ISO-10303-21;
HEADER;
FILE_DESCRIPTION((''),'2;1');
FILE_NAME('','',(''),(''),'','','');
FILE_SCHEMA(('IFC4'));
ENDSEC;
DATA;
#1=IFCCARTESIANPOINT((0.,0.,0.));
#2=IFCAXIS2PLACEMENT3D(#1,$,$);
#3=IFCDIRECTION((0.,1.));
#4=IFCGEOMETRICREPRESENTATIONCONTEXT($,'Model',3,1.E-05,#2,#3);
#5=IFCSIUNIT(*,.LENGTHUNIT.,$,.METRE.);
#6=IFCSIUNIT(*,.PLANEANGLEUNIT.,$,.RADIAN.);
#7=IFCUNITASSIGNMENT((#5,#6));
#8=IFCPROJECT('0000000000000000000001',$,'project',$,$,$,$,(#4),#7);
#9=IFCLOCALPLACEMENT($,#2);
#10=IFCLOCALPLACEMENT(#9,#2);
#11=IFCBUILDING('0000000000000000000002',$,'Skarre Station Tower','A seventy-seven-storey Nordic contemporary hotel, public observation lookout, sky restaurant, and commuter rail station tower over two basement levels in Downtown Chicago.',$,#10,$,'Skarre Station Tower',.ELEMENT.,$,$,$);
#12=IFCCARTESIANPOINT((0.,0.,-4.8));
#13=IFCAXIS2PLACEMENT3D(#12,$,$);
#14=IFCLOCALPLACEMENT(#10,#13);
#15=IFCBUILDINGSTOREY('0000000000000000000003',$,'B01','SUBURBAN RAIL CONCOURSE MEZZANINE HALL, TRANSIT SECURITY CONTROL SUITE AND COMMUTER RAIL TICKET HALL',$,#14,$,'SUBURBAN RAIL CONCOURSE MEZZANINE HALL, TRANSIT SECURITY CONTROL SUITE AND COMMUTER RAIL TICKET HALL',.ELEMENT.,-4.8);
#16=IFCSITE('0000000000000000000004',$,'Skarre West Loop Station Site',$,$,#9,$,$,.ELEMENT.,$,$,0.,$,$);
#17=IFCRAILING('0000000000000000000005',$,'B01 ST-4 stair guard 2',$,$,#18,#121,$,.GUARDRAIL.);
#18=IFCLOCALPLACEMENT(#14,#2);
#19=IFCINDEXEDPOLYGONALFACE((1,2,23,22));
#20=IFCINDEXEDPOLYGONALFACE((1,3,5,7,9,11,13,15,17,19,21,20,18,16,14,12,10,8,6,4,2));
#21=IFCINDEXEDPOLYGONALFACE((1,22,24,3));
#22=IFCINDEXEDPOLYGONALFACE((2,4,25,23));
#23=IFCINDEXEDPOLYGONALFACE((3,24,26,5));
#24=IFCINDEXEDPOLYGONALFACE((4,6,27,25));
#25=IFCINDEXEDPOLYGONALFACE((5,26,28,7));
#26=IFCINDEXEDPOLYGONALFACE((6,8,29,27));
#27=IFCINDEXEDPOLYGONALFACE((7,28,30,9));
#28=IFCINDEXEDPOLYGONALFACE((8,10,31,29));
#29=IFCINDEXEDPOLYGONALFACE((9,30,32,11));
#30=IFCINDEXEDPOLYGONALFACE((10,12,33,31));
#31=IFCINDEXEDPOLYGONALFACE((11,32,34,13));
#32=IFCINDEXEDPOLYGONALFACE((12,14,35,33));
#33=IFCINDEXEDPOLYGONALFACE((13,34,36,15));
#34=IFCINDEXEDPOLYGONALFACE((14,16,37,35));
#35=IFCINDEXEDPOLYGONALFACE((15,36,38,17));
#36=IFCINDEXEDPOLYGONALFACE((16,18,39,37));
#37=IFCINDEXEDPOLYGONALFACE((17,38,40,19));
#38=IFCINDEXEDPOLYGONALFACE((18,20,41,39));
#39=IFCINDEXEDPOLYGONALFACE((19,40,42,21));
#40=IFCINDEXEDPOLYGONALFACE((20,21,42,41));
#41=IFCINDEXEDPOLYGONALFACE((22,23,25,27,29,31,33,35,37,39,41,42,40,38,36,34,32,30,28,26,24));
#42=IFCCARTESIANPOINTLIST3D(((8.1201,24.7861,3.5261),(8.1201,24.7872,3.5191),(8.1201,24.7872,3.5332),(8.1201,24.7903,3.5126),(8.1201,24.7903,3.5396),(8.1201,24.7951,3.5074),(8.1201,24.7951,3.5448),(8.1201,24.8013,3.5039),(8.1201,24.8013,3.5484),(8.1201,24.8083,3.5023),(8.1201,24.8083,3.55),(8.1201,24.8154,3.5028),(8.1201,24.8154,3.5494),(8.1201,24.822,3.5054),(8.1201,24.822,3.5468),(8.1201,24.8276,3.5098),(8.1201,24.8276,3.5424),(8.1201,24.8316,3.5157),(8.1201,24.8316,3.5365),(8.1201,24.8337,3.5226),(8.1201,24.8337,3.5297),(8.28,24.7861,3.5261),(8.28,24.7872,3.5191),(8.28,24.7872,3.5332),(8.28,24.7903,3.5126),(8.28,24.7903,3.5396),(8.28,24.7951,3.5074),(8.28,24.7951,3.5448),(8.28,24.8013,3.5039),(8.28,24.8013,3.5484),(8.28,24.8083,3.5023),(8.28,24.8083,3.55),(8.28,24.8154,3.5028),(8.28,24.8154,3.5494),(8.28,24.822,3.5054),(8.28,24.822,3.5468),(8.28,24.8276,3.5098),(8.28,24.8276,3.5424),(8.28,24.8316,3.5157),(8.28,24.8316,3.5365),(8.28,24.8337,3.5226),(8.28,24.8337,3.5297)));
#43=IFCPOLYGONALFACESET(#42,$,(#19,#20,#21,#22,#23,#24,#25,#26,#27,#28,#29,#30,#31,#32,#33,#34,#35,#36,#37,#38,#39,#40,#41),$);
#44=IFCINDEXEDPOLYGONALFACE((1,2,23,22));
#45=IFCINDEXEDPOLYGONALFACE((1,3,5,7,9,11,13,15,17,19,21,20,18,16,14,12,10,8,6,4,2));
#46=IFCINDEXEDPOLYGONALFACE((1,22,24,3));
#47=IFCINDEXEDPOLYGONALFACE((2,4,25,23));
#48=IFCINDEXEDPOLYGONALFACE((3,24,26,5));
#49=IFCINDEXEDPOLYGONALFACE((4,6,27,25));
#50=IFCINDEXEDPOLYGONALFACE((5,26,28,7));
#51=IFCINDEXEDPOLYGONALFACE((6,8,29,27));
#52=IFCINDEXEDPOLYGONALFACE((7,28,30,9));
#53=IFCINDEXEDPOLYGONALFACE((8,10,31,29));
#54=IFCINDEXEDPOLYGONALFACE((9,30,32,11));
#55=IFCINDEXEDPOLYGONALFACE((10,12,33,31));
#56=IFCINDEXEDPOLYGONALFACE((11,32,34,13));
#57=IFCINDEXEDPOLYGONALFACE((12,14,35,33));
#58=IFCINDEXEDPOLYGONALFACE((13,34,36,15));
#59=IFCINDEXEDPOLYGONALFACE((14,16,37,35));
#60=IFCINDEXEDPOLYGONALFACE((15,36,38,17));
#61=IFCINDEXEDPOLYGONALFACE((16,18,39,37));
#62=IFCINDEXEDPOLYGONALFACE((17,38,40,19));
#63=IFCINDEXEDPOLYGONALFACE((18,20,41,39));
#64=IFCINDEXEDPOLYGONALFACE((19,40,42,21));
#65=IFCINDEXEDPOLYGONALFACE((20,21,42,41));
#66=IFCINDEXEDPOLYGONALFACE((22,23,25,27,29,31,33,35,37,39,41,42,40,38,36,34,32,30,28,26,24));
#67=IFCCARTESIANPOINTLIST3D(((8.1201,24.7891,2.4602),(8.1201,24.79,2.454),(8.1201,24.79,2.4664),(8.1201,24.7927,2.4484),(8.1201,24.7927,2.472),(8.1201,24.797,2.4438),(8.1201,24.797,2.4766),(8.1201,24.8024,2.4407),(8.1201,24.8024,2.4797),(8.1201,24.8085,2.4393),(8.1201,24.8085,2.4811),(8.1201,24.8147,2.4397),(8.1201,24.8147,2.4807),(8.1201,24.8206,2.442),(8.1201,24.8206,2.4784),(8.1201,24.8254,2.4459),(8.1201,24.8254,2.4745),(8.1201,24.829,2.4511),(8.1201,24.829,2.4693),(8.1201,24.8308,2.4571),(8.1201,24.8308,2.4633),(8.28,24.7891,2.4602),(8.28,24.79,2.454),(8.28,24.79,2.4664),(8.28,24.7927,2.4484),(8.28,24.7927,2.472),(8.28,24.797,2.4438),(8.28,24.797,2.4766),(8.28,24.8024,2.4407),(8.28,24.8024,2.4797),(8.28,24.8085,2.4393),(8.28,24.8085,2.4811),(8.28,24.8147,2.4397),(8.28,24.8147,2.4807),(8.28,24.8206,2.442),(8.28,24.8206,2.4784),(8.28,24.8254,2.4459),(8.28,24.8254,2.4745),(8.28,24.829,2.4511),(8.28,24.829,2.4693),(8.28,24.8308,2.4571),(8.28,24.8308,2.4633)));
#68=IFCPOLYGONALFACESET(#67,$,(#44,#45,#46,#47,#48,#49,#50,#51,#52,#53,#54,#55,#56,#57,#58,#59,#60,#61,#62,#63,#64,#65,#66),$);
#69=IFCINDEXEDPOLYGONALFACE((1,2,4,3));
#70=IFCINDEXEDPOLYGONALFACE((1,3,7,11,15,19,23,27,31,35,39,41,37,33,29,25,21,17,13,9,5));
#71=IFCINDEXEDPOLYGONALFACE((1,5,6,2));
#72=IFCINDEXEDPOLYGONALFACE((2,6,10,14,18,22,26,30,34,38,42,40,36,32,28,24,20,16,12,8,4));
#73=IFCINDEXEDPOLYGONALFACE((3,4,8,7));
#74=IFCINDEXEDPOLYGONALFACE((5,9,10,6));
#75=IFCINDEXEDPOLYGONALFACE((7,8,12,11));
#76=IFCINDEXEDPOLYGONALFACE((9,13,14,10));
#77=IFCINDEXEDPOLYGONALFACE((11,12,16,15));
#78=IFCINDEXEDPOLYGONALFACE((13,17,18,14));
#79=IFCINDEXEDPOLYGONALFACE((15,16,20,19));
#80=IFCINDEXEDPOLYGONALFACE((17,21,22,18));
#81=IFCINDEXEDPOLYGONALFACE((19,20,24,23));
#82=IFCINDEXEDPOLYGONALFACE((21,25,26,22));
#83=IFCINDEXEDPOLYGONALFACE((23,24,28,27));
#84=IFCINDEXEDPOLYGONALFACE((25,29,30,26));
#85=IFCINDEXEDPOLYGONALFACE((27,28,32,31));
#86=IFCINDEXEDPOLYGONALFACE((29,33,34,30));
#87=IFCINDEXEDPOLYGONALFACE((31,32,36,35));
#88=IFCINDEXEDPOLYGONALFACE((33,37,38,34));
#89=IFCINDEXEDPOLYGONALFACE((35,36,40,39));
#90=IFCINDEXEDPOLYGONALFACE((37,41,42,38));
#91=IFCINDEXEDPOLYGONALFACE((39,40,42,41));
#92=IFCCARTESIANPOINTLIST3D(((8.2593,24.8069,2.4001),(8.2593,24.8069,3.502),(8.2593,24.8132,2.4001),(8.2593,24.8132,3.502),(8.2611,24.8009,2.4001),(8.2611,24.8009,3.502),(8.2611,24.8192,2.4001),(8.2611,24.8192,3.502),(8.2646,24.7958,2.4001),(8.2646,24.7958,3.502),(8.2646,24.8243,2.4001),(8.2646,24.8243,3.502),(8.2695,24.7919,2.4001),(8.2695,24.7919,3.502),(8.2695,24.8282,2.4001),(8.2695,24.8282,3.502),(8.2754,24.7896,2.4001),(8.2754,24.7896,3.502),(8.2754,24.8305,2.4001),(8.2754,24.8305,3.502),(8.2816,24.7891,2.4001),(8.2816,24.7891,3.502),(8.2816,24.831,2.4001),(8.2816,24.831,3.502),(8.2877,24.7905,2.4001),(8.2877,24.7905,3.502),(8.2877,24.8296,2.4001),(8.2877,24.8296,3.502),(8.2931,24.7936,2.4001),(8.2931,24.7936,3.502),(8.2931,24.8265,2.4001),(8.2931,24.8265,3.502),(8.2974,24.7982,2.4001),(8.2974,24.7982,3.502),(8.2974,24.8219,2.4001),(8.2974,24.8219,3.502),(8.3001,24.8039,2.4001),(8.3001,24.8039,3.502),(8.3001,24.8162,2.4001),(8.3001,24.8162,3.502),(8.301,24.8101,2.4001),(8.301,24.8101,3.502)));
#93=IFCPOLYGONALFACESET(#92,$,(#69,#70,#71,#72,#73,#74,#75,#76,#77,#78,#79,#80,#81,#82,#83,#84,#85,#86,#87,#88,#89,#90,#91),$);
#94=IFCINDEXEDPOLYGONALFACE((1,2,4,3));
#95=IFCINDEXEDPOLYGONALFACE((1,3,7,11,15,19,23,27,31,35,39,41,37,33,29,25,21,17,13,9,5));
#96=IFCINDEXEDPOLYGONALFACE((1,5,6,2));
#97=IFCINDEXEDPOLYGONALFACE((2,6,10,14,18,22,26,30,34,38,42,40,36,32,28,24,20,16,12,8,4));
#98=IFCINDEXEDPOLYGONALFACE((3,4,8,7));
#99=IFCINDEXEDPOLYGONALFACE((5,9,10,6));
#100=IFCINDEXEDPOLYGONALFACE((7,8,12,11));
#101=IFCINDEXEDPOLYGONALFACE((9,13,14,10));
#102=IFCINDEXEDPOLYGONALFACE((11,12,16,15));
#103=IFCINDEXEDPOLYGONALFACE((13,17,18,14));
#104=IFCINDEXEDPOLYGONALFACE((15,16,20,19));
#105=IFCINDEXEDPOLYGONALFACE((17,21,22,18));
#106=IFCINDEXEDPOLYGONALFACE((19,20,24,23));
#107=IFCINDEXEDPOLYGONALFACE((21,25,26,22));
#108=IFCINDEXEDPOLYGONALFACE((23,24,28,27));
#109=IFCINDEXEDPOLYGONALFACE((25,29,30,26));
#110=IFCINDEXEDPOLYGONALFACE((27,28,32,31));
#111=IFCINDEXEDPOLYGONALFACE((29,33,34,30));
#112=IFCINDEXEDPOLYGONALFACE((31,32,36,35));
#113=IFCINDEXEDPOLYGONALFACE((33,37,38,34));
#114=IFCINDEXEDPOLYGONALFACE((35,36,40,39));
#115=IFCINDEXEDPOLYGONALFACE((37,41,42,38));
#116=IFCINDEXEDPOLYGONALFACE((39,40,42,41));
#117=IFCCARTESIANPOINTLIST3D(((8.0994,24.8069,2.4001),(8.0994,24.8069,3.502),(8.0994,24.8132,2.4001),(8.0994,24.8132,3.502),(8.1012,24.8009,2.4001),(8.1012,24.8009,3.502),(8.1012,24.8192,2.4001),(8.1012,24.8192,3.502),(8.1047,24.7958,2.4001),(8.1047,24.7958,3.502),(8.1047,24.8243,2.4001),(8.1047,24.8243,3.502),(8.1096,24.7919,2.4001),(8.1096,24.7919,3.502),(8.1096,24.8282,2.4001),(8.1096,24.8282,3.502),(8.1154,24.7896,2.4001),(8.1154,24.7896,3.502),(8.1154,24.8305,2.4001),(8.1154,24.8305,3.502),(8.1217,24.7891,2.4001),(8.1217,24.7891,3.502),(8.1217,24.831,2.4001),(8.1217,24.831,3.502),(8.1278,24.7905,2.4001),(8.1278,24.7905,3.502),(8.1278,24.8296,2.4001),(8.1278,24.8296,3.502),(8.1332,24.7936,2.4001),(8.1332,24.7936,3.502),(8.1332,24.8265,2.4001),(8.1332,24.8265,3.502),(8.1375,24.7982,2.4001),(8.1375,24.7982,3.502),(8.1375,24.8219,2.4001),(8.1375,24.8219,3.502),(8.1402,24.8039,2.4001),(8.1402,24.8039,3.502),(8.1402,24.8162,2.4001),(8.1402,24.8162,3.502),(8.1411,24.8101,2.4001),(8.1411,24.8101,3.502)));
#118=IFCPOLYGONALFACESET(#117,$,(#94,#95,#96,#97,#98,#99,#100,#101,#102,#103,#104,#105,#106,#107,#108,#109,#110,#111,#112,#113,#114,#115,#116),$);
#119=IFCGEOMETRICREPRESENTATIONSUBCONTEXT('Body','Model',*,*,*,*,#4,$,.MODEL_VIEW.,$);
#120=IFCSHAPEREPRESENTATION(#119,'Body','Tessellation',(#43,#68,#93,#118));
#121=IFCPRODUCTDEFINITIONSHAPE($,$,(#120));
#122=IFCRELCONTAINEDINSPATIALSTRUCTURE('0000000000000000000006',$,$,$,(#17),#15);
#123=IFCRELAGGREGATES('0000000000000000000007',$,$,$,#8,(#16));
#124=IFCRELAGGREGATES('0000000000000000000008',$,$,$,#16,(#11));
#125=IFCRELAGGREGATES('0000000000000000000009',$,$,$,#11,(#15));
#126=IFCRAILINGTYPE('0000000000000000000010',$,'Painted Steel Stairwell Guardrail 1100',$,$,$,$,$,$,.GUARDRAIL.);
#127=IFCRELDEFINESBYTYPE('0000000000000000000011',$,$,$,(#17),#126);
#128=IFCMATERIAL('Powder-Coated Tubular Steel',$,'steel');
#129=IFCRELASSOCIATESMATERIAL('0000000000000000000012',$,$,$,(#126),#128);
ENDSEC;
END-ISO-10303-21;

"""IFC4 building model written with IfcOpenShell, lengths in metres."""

from ifc_helpers import new_model, si_unit, direction, frame, origin, origin_2d, place, context, subcontext, project, spatial, circle, extrude, material, type_object, element, save


model = new_model("IFC4")

# Units and contexts
model_context = context("Model", 3, precision=1e-05, world=origin(), true_north=direction((0.0, 1.0)))
body_context = subcontext(model_context, "Body", "Model", "MODEL_VIEW")
ifc_project = project(units=[si_unit("LENGTHUNIT", "METRE"), si_unit("PLANEANGLEUNIT", "RADIAN")], contexts=[model_context])

# Site, building, storey
site_placement = place(None, origin())
site = spatial("IfcSite", under=ifc_project, at=site_placement, Name="Skarre West Loop Station Site", CompositionType="ELEMENT", RefElevation=0.0)
building_placement = place(site_placement, origin())
building = spatial("IfcBuilding", under=site, at=building_placement, Name="Skarre Station Tower", Description="A seventy-seven-storey Nordic contemporary hotel, public observation lookout, sky restaurant, and commuter rail station tower over two basement levels in Downtown Chicago.", LongName="Skarre Station Tower", CompositionType="ELEMENT")
storey_placement = place(building_placement, frame((0.0, 0.0, -4.8)))
storey = spatial("IfcBuildingStorey", under=building, at=storey_placement, Name="B01", Description="SUBURBAN RAIL CONCOURSE MEZZANINE HALL, TRANSIT SECURITY CONTROL SUITE AND COMMUTER RAIL TICKET HALL", LongName="SUBURBAN RAIL CONCOURSE MEZZANINE HALL, TRANSIT SECURITY CONTROL SUITE AND COMMUTER RAIL TICKET HALL", CompositionType="ELEMENT", Elevation=-4.8)

# Railing
ifc_material_1 = material(Name="Powder-Coated Tubular Steel", Category="steel")
railing_type_1 = type_object("IfcRailingType", Name="Painted Steel Stairwell Guardrail 1100", PredefinedType="GUARDRAIL", material=ifc_material_1)
railing_1_placement = place(storey_placement, frame((8.28, 24.8101, 2.4001)))
element("IfcRailing", 1, at=railing_1_placement, inside=storey, type_object=railing_type_1, Name="B01 ST-4 stair guard 2", PredefinedType="GUARDRAIL", context=body_context, shape_type="SweptSolid", body=[
    extrude(circle(Radius=0.0239, at=origin_2d()), frame((0.0, 0.0, 1.126), z_axis=(-1.0, 0.0, 0.0), x_axis=(0.0, -1.0, 0.0)), (0.0, 0.0, 1.0), 0.1599),
    extrude(circle(Radius=0.021, at=origin_2d()), frame((0.0, 0.0, 0.0601), z_axis=(-1.0, 0.0, 0.0), x_axis=(0.0, -1.0, 0.0)), (0.0, 0.0, 1.0), 0.1599),
    extrude(circle(Radius=0.021, at=origin_2d()), origin(), (0.0, 0.0, 1.0), 1.1018),
    extrude(circle(Radius=0.021, at=origin_2d()), frame((-0.1599, 0.0, 0.0)), (0.0, 0.0, 1.0), 1.1018),
])

save(model, "model.ifc")
